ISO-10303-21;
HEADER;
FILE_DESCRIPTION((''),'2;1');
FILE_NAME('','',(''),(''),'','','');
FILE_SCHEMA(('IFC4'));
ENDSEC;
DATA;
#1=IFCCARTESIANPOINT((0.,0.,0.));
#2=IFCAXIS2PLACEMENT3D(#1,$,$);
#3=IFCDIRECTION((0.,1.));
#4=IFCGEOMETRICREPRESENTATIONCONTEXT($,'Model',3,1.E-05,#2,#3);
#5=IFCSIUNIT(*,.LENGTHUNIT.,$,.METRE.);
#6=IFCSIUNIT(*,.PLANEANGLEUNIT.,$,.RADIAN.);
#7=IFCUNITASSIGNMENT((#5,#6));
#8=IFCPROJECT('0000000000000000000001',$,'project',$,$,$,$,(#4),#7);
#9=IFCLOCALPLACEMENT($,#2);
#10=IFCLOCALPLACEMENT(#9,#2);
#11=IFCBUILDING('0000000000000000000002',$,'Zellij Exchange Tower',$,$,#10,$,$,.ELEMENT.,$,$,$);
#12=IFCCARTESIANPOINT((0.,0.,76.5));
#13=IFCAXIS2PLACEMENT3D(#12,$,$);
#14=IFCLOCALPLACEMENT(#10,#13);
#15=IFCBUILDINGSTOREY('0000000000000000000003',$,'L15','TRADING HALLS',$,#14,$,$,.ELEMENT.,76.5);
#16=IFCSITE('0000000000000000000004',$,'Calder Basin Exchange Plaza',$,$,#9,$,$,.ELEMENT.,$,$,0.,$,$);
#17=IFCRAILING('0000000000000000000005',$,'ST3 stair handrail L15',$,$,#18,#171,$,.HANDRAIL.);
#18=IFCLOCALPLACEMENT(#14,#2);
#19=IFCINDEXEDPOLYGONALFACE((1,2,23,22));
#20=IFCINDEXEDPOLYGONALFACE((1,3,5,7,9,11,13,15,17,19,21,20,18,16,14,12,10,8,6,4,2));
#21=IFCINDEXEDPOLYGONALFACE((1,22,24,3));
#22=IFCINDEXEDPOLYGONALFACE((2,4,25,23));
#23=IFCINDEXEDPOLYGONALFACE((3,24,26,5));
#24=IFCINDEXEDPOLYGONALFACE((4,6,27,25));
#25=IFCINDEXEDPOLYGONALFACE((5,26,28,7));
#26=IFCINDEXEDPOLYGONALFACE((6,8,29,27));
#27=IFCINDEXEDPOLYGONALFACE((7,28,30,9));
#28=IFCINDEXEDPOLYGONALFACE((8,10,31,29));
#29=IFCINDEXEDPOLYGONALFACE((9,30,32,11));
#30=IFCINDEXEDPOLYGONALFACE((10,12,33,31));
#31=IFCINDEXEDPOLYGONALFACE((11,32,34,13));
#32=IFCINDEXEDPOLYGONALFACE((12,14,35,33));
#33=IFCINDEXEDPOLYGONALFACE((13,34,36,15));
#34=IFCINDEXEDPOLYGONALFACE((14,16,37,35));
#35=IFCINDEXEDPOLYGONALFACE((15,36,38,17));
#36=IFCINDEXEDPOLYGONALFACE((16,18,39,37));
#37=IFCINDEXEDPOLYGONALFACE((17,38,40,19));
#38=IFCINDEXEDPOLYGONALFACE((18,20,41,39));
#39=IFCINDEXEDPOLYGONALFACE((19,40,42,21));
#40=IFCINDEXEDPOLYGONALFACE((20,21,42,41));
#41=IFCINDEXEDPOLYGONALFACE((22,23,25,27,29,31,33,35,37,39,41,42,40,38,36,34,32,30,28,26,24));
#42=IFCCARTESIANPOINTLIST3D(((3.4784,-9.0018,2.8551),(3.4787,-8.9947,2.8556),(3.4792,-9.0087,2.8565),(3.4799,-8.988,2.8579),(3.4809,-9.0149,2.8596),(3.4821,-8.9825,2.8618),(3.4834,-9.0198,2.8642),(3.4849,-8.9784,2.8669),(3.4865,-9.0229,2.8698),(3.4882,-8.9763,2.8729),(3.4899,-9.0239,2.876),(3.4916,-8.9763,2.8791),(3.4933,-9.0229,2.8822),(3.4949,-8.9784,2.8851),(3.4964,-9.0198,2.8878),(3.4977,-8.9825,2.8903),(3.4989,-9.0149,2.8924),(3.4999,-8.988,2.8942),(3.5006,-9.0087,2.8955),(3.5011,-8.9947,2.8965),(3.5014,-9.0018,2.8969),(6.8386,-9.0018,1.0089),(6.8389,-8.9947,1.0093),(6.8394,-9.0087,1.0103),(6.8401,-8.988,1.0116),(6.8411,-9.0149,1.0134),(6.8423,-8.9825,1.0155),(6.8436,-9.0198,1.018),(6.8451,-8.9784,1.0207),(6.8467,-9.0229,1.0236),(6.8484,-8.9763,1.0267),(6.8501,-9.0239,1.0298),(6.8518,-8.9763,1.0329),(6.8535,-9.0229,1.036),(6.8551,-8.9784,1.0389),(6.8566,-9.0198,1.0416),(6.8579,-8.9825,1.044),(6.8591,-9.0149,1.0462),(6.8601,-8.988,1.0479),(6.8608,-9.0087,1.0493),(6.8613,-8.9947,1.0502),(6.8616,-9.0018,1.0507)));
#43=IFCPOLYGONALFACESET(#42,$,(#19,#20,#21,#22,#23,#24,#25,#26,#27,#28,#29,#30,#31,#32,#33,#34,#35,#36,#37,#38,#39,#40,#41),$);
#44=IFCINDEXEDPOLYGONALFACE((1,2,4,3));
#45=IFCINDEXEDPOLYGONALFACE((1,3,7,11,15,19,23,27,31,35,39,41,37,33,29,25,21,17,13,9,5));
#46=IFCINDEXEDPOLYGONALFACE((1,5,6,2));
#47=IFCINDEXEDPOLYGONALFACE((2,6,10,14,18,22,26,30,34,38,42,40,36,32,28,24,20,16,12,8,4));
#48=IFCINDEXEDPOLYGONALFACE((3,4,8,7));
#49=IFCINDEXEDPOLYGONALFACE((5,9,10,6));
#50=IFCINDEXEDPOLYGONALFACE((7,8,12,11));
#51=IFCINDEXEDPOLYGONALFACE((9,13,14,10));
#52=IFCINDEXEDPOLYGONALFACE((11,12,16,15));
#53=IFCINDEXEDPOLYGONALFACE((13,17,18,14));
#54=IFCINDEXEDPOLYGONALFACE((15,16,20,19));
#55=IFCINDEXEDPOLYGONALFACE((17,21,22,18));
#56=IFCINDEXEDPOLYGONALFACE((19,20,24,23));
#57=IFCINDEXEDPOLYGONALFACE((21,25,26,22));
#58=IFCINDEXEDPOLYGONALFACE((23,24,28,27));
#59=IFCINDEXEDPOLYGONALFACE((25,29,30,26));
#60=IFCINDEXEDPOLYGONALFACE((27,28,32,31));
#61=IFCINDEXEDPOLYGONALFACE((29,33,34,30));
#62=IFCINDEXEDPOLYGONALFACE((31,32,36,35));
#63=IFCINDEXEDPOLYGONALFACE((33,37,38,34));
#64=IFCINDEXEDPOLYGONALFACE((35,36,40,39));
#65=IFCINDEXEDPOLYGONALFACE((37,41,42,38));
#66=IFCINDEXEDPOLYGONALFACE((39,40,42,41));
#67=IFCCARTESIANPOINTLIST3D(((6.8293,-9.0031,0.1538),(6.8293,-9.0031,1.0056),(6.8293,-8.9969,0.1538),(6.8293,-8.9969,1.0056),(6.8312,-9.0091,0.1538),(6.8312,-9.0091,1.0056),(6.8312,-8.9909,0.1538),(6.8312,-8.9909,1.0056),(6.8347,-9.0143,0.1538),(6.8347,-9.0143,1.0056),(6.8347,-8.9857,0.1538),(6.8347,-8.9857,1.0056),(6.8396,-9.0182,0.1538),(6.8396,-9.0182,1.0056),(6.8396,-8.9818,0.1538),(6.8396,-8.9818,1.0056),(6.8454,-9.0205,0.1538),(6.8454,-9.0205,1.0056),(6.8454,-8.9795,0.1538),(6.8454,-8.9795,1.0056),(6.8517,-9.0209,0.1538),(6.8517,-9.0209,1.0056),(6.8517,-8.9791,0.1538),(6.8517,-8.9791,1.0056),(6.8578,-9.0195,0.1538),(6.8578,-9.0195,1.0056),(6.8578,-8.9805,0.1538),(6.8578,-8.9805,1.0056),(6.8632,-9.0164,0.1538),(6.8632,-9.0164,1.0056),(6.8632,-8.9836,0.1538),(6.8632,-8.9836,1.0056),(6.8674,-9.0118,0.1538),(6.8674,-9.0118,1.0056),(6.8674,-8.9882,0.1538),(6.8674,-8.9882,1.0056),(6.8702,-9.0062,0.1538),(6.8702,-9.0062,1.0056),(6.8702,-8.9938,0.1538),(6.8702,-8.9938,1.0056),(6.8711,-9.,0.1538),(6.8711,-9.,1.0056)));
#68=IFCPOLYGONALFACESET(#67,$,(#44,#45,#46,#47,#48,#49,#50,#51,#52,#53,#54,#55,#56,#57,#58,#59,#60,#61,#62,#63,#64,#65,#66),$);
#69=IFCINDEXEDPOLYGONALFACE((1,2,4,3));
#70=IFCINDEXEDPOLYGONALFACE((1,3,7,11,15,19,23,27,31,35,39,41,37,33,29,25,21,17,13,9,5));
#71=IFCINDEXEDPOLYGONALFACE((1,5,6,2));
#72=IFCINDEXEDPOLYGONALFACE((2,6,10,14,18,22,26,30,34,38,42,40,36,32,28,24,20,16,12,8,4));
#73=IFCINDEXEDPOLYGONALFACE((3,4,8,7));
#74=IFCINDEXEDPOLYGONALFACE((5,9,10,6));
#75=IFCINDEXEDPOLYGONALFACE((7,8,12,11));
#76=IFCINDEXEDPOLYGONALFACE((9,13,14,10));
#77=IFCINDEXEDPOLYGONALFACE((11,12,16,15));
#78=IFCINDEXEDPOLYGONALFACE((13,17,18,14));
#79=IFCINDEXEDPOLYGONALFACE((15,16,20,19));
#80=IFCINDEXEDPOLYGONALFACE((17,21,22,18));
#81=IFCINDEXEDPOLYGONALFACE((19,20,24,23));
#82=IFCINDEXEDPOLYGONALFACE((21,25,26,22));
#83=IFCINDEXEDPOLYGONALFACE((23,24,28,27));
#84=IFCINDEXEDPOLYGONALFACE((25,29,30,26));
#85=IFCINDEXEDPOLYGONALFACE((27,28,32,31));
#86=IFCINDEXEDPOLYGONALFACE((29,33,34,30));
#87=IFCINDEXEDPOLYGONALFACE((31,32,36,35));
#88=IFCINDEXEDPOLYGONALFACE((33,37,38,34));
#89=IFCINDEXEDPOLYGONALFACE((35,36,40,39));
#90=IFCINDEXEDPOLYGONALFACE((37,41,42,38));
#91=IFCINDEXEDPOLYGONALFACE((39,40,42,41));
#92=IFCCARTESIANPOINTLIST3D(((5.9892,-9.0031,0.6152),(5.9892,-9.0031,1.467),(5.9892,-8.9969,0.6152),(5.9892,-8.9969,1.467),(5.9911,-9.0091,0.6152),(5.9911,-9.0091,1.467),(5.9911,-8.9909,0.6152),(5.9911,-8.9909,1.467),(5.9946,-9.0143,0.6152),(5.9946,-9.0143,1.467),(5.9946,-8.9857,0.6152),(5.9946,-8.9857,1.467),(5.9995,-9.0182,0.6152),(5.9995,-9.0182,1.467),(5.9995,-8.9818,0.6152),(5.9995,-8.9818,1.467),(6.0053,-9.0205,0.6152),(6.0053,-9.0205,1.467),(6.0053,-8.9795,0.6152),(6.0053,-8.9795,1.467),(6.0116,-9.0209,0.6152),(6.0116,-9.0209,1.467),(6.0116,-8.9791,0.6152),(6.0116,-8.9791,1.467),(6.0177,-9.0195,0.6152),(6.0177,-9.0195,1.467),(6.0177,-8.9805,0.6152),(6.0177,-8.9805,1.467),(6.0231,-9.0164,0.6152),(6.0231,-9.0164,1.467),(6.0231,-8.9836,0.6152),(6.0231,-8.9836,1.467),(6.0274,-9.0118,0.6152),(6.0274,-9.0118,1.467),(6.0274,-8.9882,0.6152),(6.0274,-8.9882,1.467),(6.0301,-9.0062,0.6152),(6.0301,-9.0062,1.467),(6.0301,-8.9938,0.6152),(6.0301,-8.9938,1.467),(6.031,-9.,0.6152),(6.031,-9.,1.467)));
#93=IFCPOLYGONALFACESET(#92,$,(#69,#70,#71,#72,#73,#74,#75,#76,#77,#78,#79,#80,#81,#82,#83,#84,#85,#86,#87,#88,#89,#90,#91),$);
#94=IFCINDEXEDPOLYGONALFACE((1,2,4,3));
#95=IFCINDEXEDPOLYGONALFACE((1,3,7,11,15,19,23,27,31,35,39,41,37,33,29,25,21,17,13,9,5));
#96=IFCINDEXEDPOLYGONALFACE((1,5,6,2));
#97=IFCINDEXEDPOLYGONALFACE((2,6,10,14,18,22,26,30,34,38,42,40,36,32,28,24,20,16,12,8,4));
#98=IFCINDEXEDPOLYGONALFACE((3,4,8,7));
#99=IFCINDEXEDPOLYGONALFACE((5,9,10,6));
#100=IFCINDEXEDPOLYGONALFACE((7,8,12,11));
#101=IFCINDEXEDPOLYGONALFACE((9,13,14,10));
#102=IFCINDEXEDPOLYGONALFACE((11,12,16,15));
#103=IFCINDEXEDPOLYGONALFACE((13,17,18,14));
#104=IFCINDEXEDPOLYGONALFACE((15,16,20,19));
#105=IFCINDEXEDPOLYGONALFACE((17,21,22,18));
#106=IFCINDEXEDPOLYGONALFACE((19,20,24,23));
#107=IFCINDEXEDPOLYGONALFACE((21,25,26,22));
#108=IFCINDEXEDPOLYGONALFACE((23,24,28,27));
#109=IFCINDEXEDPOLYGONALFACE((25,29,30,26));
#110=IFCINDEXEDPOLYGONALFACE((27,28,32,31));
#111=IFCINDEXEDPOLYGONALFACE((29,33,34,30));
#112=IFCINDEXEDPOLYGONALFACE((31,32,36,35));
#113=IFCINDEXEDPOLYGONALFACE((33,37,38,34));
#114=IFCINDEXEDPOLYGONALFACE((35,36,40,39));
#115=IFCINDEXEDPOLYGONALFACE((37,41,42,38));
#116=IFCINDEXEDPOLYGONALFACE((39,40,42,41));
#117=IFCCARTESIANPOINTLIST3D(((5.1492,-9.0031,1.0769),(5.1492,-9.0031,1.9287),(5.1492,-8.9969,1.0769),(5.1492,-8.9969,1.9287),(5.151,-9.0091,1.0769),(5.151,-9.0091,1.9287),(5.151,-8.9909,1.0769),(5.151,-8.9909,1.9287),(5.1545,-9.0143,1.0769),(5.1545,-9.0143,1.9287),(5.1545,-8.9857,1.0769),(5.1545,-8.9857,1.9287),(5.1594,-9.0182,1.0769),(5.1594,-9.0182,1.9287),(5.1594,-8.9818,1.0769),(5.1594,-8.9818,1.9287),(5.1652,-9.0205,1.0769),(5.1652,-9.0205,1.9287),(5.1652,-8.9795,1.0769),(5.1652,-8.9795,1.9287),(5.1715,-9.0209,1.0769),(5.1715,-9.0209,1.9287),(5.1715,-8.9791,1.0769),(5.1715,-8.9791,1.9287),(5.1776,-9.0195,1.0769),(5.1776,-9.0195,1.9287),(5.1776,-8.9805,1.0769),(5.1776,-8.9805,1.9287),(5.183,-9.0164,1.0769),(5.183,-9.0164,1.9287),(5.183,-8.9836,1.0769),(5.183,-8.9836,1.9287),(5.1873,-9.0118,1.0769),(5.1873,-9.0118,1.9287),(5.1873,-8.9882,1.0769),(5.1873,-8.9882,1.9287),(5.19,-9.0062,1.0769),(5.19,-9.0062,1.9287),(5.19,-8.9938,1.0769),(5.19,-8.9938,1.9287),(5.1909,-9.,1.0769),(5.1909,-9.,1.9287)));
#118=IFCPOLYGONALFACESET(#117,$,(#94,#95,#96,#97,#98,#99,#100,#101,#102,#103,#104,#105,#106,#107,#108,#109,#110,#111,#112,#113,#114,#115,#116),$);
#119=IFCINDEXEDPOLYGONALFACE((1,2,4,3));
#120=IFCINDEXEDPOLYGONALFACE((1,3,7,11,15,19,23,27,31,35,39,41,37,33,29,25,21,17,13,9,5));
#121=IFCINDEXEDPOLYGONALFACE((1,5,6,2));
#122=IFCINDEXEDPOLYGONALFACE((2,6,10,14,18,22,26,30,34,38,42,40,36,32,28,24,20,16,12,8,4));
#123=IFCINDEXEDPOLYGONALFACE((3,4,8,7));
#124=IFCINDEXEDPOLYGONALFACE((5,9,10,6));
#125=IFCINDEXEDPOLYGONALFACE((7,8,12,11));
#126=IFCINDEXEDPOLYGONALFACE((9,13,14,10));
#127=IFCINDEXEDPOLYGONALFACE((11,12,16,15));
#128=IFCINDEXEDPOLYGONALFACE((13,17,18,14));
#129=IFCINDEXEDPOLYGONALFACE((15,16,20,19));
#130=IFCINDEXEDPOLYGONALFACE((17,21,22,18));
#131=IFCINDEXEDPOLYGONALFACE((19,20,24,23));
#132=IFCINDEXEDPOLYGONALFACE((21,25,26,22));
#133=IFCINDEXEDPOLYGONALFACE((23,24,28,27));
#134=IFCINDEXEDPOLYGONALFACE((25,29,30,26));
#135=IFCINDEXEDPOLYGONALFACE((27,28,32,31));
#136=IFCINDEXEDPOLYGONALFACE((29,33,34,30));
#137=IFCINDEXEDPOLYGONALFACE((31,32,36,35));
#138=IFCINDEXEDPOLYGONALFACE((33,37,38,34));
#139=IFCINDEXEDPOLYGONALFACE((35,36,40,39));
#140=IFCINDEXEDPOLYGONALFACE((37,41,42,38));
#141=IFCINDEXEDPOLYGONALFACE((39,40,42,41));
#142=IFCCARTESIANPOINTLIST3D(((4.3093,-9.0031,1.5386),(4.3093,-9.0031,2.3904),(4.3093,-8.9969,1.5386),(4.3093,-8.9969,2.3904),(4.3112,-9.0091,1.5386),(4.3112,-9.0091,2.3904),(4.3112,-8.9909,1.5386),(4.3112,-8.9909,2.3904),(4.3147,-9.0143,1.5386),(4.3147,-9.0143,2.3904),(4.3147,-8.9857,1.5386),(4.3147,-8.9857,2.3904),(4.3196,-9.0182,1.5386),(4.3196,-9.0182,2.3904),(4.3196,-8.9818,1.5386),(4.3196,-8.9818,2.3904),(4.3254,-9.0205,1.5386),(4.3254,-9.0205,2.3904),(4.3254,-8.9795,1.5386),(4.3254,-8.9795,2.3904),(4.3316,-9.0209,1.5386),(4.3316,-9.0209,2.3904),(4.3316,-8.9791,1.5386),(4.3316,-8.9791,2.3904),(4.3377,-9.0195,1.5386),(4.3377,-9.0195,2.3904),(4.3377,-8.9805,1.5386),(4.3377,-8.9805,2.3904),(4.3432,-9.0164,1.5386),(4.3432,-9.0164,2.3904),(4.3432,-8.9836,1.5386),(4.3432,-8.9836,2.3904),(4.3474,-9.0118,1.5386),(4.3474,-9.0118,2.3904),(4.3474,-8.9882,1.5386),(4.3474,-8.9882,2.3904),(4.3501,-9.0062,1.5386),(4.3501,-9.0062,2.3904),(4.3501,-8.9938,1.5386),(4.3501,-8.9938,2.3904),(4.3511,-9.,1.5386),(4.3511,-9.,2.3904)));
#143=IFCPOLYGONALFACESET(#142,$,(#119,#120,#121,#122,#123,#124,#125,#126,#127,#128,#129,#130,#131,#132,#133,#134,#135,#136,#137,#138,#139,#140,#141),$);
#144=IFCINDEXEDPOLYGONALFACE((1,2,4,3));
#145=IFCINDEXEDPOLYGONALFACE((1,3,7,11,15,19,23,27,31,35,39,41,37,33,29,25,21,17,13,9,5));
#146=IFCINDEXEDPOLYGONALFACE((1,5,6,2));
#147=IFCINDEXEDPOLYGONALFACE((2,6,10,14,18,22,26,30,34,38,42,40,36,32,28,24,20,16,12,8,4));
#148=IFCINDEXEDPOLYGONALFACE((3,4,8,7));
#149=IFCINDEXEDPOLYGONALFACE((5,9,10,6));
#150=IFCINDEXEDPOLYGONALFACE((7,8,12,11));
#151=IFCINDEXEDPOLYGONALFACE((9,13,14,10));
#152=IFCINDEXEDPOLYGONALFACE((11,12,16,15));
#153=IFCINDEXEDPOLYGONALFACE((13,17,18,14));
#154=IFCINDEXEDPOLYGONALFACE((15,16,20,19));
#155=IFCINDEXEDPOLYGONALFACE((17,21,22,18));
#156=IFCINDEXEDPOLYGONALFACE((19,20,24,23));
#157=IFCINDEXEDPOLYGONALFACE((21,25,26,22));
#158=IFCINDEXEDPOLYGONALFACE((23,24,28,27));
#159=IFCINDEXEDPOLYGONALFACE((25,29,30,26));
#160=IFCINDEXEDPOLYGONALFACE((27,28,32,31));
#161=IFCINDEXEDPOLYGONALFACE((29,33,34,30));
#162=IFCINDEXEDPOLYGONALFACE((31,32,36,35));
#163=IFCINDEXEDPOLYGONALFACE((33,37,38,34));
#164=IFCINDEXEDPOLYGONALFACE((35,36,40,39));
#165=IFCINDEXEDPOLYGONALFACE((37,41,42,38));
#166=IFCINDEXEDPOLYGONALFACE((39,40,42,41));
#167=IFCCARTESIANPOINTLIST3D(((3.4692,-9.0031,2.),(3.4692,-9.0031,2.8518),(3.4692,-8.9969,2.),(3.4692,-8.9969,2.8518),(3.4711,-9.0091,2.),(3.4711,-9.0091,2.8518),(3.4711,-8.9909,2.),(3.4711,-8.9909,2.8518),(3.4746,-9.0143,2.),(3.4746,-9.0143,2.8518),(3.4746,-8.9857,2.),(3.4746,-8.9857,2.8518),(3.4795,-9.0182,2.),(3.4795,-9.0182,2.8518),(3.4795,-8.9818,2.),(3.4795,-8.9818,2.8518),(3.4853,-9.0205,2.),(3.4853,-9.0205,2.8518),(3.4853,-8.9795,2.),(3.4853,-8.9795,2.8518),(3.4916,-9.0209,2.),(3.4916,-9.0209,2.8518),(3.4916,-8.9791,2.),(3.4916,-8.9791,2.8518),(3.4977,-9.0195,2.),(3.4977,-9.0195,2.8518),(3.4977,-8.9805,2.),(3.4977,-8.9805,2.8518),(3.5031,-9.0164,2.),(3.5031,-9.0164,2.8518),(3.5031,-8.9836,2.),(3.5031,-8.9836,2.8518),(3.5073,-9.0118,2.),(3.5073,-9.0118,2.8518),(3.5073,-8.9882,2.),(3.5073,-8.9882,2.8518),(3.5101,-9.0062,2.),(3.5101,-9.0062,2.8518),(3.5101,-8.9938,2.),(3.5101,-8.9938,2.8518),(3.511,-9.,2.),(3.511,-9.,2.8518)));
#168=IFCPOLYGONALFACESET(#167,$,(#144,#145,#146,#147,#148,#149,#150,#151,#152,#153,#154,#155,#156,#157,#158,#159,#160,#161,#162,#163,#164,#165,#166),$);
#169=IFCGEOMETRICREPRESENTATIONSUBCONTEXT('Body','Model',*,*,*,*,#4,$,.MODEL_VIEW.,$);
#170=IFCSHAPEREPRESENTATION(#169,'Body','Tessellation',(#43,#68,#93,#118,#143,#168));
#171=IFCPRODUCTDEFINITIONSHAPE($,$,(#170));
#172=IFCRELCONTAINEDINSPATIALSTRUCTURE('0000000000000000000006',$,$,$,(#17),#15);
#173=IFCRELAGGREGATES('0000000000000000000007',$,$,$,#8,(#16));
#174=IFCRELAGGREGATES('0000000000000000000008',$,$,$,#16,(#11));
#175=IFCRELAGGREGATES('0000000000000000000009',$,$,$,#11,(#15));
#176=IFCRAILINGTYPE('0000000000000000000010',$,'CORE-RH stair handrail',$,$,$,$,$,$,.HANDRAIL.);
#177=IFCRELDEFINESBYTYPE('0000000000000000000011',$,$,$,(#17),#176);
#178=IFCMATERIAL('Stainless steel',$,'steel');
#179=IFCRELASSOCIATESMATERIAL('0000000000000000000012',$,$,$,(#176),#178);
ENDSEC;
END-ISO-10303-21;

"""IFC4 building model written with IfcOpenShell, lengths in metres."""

from ifc_helpers import new_model, si_unit, direction, frame, origin, origin_2d, place, context, subcontext, project, spatial, circle, extrude, material, type_object, element, save


model = new_model("IFC4")

# Units and contexts
model_context = context("Model", 3, precision=1e-05, world=origin(), true_north=direction((0.0, 1.0)))
body_context = subcontext(model_context, "Body", "Model", "MODEL_VIEW")
ifc_project = project(units=[si_unit("LENGTHUNIT", "METRE"), si_unit("PLANEANGLEUNIT", "RADIAN")], contexts=[model_context])

# Site, building, storey
site_placement = place(None, origin())
site = spatial("IfcSite", under=ifc_project, at=site_placement, Name="Calder Basin Exchange Plaza", CompositionType="ELEMENT", RefElevation=0.0)
building_placement = place(site_placement, origin())
building = spatial("IfcBuilding", under=site, at=building_placement, Name="Zellij Exchange Tower", CompositionType="ELEMENT")
storey_placement = place(building_placement, frame((0.0, 0.0, 76.5)))
storey = spatial("IfcBuildingStorey", under=building, at=storey_placement, Name="L15", Description="TRADING HALLS", CompositionType="ELEMENT", Elevation=76.5)

# Railing
ifc_material_1 = material(Name="Stainless steel", Category="steel")
railing_type_1 = type_object("IfcRailingType", Name="CORE-RH stair handrail", PredefinedType="HANDRAIL", material=ifc_material_1)
railing_1_placement = place(storey_placement, frame((6.8501, -9.0, 0.1538)))
element("IfcRailing", 1, at=railing_1_placement, inside=storey, type_object=railing_type_1, Name="ST3 stair handrail L15", PredefinedType="HANDRAIL", context=body_context, shape_type="SweptSolid", body=[
    extrude(circle(Radius=0.0239, at=origin_2d()), frame((0.0, 0.0, 0.876), z_axis=(-0.876422, 0.0, 0.481545), x_axis=(0.0, -1.0, 0.0)), (0.0, 0.0, 1.0), 3.834),
    extrude(circle(Radius=0.021, at=origin_2d()), origin(), (0.0, 0.0, 1.0), 0.8518),
    extrude(circle(Radius=0.021, at=origin_2d()), frame((-0.8401, 0.0, 0.4614)), (0.0, 0.0, 1.0), 0.8518),
    extrude(circle(Radius=0.021, at=origin_2d()), frame((-1.6802, 0.0, 0.9231)), (0.0, 0.0, 1.0), 0.8518),
    extrude(circle(Radius=0.021, at=origin_2d()), frame((-2.52, 0.0, 1.3848)), (0.0, 0.0, 1.0), 0.8518),
    extrude(circle(Radius=0.021, at=origin_2d()), frame((-3.3601, 0.0, 1.8462)), (0.0, 0.0, 1.0), 0.8518),
])

save(model, "model.ifc")
